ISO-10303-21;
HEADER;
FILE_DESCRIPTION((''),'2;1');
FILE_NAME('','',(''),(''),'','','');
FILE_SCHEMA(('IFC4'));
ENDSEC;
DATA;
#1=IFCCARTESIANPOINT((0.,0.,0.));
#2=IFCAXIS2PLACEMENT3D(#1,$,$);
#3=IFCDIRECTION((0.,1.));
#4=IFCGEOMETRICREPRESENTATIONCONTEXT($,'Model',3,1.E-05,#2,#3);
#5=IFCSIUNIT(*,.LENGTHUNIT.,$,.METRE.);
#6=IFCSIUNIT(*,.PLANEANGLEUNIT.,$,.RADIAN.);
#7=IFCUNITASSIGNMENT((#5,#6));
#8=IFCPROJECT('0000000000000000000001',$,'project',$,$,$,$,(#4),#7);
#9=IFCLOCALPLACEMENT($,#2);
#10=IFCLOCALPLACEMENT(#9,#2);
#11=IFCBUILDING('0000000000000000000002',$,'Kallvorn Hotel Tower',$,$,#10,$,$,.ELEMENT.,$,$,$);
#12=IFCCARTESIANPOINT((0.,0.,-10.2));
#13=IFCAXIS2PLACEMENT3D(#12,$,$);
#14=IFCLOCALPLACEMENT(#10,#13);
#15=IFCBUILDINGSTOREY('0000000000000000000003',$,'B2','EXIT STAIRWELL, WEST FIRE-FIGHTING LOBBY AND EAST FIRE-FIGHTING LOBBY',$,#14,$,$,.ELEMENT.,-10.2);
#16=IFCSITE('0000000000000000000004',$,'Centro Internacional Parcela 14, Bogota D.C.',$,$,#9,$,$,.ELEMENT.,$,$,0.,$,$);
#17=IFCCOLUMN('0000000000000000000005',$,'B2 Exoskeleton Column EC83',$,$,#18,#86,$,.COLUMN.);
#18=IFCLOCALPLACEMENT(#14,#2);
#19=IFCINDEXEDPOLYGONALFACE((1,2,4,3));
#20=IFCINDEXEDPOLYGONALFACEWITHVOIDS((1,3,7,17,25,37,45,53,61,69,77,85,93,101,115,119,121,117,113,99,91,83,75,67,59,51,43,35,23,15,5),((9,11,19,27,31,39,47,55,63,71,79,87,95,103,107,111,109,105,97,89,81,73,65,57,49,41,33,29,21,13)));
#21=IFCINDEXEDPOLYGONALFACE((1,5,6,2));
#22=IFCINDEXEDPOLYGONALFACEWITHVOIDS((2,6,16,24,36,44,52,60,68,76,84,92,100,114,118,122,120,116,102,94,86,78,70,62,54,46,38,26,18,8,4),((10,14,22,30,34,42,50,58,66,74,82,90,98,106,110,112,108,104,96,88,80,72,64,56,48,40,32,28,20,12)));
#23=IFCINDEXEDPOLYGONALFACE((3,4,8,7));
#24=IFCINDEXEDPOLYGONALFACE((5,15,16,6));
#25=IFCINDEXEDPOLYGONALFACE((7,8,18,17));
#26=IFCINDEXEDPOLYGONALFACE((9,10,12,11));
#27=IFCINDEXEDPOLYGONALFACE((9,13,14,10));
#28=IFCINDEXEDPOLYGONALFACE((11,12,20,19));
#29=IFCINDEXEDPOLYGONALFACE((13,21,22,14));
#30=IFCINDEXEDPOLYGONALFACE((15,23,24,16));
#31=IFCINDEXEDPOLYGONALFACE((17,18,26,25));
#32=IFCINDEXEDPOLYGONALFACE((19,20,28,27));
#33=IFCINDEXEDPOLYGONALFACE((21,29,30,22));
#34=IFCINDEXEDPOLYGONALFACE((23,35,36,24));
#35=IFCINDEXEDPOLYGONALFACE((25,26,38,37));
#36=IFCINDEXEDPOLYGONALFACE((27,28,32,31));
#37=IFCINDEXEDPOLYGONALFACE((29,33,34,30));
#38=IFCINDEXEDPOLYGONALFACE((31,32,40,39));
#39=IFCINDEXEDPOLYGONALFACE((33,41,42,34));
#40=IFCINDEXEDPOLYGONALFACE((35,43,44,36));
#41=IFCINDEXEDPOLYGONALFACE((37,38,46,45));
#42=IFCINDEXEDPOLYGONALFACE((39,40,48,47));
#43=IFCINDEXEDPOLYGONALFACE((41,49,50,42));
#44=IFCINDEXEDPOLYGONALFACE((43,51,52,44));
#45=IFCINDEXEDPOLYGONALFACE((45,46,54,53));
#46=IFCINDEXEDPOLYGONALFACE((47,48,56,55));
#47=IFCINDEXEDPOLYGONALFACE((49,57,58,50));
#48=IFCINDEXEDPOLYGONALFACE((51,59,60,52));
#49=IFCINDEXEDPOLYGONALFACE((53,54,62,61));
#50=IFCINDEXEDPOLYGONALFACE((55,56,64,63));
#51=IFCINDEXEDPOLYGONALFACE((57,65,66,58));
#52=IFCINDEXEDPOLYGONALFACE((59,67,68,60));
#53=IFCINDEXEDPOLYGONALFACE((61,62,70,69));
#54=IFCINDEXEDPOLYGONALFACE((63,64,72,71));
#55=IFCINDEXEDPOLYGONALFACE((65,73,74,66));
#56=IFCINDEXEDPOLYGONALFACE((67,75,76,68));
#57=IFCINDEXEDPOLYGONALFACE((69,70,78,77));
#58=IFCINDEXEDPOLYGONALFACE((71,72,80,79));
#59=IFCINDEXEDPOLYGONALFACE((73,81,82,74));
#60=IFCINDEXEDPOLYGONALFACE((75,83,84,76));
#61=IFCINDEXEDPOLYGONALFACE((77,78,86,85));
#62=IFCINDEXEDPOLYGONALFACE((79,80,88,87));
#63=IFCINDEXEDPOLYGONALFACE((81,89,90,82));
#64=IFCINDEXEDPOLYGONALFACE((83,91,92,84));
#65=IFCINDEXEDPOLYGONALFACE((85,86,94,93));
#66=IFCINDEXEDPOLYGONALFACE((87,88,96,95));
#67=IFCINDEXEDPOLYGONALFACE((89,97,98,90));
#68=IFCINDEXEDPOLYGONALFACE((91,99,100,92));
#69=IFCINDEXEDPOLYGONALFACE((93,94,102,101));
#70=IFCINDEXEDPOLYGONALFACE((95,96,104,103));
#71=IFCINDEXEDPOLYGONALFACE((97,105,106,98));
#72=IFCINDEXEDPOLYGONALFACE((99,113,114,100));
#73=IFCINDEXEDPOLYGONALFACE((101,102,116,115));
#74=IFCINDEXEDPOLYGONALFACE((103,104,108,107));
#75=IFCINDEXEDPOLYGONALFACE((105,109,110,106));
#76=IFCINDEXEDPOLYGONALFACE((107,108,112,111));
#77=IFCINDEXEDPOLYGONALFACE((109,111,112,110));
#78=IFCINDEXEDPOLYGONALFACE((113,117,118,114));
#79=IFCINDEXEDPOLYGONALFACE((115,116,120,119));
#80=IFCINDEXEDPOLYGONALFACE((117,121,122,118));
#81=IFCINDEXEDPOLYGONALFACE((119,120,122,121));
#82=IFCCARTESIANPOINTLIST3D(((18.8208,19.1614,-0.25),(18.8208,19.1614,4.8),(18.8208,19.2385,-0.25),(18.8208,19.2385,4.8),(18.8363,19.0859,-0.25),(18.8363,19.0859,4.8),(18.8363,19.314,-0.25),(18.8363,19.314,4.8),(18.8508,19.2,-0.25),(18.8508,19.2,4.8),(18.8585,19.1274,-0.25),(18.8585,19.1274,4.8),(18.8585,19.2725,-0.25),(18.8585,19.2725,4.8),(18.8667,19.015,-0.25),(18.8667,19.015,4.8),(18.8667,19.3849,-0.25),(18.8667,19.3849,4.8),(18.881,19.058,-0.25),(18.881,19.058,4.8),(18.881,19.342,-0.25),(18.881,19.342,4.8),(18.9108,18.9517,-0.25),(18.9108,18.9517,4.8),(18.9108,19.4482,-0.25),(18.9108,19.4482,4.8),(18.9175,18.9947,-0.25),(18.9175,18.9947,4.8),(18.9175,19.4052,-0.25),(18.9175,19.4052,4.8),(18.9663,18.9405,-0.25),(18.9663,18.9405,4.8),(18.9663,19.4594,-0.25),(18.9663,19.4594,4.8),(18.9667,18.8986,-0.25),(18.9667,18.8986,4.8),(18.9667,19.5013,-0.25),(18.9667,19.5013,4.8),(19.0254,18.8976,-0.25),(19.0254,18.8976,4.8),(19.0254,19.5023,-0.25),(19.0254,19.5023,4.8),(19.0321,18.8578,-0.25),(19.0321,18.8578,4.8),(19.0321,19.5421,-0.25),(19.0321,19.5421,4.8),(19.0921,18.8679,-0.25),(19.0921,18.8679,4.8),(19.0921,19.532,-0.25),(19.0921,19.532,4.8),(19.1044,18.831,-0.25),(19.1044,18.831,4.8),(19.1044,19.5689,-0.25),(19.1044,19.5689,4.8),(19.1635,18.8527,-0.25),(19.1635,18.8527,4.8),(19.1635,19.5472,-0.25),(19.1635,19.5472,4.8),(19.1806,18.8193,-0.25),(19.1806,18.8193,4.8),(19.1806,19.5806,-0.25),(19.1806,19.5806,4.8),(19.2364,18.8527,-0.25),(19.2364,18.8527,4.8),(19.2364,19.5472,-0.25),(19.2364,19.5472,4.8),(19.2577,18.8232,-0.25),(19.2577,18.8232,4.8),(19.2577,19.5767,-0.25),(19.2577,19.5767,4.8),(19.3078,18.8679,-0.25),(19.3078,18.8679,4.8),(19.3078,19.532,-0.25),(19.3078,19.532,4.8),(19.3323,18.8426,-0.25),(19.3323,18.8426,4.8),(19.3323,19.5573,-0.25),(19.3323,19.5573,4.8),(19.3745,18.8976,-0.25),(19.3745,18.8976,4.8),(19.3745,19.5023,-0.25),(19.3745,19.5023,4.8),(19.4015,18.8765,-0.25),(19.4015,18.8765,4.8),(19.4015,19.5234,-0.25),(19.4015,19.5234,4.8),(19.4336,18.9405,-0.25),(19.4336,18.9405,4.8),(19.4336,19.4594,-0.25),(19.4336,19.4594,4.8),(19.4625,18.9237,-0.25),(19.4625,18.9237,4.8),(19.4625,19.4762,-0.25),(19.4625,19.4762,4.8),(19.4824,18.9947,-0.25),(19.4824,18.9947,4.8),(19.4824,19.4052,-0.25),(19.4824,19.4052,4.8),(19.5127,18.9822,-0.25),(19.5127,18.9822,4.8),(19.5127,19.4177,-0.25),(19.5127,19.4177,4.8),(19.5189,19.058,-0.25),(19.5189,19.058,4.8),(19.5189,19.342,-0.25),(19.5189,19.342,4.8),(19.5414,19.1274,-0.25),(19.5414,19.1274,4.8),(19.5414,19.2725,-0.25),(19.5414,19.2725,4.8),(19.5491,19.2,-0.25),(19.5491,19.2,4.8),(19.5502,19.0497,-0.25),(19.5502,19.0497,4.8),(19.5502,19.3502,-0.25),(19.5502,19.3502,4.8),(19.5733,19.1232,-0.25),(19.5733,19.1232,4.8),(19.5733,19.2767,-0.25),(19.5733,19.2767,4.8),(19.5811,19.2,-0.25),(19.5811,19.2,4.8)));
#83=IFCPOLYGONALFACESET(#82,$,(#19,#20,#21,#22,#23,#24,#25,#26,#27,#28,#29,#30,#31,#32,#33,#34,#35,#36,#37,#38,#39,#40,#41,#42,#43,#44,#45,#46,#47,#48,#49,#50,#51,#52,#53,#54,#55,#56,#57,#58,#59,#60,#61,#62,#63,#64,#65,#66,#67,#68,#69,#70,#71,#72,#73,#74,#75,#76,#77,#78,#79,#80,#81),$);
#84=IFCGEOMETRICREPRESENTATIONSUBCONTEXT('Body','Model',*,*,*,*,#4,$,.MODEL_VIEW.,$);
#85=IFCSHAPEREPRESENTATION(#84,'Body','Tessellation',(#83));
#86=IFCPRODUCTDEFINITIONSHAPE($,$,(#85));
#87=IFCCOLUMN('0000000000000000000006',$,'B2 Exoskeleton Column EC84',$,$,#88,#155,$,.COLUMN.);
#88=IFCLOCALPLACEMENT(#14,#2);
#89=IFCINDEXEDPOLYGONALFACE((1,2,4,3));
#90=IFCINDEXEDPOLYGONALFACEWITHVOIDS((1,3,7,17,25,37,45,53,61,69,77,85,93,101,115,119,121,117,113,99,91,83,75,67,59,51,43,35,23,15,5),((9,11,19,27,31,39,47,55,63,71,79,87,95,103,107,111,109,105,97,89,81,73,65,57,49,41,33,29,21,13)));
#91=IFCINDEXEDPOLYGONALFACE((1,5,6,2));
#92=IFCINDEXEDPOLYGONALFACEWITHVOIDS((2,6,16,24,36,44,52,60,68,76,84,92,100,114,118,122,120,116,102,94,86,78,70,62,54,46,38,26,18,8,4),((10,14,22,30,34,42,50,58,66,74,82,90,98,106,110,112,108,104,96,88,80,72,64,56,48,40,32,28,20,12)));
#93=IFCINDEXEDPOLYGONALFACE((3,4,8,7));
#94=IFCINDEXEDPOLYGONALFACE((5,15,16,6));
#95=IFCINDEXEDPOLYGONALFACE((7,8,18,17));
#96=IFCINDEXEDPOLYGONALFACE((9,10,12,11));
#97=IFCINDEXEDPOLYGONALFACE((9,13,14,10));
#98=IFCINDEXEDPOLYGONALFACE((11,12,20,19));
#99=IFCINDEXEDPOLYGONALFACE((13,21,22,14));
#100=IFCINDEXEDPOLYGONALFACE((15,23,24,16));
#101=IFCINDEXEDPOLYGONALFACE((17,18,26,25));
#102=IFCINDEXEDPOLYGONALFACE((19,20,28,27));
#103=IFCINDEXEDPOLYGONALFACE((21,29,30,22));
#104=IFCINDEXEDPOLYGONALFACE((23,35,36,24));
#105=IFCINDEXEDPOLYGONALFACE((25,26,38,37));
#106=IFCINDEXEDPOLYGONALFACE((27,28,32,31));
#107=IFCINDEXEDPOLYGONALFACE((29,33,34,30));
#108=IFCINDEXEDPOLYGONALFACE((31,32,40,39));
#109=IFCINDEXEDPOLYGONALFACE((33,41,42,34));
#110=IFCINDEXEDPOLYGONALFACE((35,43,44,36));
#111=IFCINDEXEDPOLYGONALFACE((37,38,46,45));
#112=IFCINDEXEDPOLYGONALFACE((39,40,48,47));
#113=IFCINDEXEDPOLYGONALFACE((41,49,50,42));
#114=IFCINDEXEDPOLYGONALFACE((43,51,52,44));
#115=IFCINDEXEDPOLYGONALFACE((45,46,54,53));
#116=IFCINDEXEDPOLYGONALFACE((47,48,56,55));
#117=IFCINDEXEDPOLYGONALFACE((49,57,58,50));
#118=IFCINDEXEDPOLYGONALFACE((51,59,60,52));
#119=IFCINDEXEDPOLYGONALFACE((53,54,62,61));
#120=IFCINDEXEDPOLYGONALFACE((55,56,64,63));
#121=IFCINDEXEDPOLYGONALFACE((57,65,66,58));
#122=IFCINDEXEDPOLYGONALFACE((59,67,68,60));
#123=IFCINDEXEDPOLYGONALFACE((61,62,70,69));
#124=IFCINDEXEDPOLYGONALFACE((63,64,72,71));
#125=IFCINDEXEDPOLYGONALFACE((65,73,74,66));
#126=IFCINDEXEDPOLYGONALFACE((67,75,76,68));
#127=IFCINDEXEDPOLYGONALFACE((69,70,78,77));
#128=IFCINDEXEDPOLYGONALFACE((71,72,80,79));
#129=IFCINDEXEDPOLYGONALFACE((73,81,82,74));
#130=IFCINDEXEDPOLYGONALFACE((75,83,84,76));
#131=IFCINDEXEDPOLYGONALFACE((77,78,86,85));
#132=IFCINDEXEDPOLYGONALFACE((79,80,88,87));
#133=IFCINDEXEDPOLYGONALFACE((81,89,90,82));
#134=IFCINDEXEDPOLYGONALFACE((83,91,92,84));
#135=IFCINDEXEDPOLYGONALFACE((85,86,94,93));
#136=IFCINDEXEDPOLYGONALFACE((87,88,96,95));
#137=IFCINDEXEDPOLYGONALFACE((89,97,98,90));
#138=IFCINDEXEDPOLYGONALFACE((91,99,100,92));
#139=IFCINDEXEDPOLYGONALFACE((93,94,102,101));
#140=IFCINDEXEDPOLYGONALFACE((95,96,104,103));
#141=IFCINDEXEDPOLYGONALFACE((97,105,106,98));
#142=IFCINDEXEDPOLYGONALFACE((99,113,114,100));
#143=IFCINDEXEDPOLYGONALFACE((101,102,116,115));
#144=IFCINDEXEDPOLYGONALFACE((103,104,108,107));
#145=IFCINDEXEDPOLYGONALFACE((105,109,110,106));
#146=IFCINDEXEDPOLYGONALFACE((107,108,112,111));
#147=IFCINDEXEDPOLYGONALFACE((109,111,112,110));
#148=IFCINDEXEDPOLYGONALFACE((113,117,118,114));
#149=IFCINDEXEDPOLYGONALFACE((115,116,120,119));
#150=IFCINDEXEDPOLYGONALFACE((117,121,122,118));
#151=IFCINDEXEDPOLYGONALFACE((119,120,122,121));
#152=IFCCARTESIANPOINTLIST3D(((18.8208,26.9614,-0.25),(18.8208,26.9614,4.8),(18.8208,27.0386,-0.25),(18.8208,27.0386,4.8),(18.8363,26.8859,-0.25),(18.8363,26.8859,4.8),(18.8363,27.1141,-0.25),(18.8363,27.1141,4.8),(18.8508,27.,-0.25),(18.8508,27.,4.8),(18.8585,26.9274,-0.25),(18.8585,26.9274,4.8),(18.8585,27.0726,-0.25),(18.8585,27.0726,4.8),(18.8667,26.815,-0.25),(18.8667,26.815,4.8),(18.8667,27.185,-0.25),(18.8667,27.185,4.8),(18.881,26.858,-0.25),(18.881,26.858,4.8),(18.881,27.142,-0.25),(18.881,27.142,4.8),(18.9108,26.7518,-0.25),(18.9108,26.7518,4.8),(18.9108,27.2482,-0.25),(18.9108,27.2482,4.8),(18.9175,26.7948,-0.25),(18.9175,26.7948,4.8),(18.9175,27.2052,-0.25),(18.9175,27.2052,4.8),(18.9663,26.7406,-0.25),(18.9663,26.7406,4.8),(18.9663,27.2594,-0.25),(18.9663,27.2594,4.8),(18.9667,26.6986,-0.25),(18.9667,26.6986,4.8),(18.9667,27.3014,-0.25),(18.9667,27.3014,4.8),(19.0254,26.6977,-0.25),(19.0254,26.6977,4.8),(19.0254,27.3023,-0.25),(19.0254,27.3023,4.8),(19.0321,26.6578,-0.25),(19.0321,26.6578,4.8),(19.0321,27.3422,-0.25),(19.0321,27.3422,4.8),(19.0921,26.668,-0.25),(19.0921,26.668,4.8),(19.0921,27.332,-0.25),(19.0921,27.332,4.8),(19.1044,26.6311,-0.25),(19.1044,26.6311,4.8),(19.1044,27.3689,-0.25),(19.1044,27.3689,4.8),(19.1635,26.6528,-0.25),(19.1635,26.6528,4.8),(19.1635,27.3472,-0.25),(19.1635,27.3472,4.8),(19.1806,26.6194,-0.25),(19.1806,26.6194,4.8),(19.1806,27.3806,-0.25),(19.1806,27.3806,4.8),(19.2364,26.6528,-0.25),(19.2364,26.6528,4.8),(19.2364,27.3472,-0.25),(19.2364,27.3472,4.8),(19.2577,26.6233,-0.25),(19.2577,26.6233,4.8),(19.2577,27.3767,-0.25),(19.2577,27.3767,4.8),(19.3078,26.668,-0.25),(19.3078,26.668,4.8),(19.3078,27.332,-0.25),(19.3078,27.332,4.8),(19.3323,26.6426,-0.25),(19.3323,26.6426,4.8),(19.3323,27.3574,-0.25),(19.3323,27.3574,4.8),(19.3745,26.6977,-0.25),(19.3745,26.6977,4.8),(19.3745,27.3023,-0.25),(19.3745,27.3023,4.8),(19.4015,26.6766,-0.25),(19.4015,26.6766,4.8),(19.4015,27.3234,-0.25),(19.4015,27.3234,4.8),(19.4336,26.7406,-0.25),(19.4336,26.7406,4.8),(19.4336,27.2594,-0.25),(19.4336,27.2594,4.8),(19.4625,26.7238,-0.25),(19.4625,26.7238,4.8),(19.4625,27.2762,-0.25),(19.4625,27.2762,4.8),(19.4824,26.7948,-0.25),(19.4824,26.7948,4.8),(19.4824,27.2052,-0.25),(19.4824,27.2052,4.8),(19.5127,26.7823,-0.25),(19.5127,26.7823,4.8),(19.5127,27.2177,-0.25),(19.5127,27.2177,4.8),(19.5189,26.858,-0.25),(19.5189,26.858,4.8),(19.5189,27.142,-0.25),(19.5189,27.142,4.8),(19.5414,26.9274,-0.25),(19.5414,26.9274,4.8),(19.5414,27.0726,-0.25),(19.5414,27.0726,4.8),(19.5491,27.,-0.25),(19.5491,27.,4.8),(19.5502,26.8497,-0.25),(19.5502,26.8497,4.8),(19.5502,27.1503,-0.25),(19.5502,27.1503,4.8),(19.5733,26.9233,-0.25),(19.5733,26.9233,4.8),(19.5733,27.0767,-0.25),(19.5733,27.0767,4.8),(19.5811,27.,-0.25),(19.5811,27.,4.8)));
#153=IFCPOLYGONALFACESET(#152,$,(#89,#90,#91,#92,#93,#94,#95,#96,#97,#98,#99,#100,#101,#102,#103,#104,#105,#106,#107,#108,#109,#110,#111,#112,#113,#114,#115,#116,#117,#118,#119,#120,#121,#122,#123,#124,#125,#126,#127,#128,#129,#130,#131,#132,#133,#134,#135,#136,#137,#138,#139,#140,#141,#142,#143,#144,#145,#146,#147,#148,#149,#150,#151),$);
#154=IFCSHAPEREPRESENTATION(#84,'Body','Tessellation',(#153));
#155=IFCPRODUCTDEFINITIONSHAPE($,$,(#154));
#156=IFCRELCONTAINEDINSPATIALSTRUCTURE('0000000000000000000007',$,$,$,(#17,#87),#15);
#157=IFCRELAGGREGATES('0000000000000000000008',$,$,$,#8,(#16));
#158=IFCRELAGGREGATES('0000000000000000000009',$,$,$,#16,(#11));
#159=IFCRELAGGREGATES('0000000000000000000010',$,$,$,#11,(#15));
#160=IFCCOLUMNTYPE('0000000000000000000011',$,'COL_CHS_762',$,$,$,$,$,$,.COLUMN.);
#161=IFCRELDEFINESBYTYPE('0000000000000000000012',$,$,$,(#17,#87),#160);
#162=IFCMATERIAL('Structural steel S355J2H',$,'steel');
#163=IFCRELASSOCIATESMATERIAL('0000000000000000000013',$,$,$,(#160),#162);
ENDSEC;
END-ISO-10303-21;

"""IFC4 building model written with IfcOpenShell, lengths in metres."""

from ifc_helpers import new_model, si_unit, direction, frame, origin, origin_2d, place, context, subcontext, project, spatial, hollow_circle, extrude, material, material_profile, profile_set, type_object, element, save


model = new_model("IFC4")

# Units and contexts
model_context = context("Model", 3, precision=1e-05, world=origin(), true_north=direction((0.0, 1.0)))
body_context = subcontext(model_context, "Body", "Model", "MODEL_VIEW")
ifc_project = project(units=[si_unit("LENGTHUNIT", "METRE"), si_unit("PLANEANGLEUNIT", "RADIAN")], contexts=[model_context])

# Site, building, storey
site_placement = place(None, origin())
site = spatial("IfcSite", under=ifc_project, at=site_placement, Name="Centro Internacional Parcela 14, Bogota D.C.", CompositionType="ELEMENT", RefElevation=0.0)
building_placement = place(site_placement, origin())
building = spatial("IfcBuilding", under=site, at=building_placement, Name="Kallvorn Hotel Tower", CompositionType="ELEMENT")
storey_placement = place(building_placement, frame((0.0, 0.0, -10.2)))
storey = spatial("IfcBuildingStorey", under=building, at=storey_placement, Name="B2", Description="EXIT STAIRWELL, WEST FIRE-FIGHTING LOBBY AND EAST FIRE-FIGHTING LOBBY", CompositionType="ELEMENT", Elevation=-10.2)

# Columns
ifc_material_1 = material(Name="Structural steel S355J2H", Category="steel")
ifc_material_profile_1 = material_profile(ifc_material_1, hollow_circle(Radius=0.3811, WallThickness=0.032, at=origin_2d()), Name="CHS 762x32")
ifc_profile_set_1 = profile_set([ifc_material_profile_1], Name="Structural steel S355J2H")
column_type_1 = type_object("IfcColumnType", Name="COL_CHS_762", PredefinedType="COLUMN", material=ifc_profile_set_1)
for number, where, z_axis, x_axis, name in (
    (1, (19.2, 19.2, -0.25), (0.0, 0.0, 1.0), (1.0, 0.0, 0.0), "B2 Exoskeleton Column EC83"),
    (2, (19.2, 27.0, -0.25), (0.0, 0.0, 1.0), (1.0, 0.0, 0.0), "B2 Exoskeleton Column EC84"),
):
    element("IfcColumn", number, at=place(storey_placement, frame(where, z_axis=z_axis, x_axis=x_axis)), inside=storey, type_object=column_type_1, Name=name, PredefinedType="COLUMN", context=body_context, shape_type="SweptSolid", body=[
        extrude(hollow_circle(Radius=0.3811, WallThickness=0.032, at=origin_2d()), origin(), (0.0, 0.0, 1.0), 5.05),
    ])

save(model, "model.ifc")
